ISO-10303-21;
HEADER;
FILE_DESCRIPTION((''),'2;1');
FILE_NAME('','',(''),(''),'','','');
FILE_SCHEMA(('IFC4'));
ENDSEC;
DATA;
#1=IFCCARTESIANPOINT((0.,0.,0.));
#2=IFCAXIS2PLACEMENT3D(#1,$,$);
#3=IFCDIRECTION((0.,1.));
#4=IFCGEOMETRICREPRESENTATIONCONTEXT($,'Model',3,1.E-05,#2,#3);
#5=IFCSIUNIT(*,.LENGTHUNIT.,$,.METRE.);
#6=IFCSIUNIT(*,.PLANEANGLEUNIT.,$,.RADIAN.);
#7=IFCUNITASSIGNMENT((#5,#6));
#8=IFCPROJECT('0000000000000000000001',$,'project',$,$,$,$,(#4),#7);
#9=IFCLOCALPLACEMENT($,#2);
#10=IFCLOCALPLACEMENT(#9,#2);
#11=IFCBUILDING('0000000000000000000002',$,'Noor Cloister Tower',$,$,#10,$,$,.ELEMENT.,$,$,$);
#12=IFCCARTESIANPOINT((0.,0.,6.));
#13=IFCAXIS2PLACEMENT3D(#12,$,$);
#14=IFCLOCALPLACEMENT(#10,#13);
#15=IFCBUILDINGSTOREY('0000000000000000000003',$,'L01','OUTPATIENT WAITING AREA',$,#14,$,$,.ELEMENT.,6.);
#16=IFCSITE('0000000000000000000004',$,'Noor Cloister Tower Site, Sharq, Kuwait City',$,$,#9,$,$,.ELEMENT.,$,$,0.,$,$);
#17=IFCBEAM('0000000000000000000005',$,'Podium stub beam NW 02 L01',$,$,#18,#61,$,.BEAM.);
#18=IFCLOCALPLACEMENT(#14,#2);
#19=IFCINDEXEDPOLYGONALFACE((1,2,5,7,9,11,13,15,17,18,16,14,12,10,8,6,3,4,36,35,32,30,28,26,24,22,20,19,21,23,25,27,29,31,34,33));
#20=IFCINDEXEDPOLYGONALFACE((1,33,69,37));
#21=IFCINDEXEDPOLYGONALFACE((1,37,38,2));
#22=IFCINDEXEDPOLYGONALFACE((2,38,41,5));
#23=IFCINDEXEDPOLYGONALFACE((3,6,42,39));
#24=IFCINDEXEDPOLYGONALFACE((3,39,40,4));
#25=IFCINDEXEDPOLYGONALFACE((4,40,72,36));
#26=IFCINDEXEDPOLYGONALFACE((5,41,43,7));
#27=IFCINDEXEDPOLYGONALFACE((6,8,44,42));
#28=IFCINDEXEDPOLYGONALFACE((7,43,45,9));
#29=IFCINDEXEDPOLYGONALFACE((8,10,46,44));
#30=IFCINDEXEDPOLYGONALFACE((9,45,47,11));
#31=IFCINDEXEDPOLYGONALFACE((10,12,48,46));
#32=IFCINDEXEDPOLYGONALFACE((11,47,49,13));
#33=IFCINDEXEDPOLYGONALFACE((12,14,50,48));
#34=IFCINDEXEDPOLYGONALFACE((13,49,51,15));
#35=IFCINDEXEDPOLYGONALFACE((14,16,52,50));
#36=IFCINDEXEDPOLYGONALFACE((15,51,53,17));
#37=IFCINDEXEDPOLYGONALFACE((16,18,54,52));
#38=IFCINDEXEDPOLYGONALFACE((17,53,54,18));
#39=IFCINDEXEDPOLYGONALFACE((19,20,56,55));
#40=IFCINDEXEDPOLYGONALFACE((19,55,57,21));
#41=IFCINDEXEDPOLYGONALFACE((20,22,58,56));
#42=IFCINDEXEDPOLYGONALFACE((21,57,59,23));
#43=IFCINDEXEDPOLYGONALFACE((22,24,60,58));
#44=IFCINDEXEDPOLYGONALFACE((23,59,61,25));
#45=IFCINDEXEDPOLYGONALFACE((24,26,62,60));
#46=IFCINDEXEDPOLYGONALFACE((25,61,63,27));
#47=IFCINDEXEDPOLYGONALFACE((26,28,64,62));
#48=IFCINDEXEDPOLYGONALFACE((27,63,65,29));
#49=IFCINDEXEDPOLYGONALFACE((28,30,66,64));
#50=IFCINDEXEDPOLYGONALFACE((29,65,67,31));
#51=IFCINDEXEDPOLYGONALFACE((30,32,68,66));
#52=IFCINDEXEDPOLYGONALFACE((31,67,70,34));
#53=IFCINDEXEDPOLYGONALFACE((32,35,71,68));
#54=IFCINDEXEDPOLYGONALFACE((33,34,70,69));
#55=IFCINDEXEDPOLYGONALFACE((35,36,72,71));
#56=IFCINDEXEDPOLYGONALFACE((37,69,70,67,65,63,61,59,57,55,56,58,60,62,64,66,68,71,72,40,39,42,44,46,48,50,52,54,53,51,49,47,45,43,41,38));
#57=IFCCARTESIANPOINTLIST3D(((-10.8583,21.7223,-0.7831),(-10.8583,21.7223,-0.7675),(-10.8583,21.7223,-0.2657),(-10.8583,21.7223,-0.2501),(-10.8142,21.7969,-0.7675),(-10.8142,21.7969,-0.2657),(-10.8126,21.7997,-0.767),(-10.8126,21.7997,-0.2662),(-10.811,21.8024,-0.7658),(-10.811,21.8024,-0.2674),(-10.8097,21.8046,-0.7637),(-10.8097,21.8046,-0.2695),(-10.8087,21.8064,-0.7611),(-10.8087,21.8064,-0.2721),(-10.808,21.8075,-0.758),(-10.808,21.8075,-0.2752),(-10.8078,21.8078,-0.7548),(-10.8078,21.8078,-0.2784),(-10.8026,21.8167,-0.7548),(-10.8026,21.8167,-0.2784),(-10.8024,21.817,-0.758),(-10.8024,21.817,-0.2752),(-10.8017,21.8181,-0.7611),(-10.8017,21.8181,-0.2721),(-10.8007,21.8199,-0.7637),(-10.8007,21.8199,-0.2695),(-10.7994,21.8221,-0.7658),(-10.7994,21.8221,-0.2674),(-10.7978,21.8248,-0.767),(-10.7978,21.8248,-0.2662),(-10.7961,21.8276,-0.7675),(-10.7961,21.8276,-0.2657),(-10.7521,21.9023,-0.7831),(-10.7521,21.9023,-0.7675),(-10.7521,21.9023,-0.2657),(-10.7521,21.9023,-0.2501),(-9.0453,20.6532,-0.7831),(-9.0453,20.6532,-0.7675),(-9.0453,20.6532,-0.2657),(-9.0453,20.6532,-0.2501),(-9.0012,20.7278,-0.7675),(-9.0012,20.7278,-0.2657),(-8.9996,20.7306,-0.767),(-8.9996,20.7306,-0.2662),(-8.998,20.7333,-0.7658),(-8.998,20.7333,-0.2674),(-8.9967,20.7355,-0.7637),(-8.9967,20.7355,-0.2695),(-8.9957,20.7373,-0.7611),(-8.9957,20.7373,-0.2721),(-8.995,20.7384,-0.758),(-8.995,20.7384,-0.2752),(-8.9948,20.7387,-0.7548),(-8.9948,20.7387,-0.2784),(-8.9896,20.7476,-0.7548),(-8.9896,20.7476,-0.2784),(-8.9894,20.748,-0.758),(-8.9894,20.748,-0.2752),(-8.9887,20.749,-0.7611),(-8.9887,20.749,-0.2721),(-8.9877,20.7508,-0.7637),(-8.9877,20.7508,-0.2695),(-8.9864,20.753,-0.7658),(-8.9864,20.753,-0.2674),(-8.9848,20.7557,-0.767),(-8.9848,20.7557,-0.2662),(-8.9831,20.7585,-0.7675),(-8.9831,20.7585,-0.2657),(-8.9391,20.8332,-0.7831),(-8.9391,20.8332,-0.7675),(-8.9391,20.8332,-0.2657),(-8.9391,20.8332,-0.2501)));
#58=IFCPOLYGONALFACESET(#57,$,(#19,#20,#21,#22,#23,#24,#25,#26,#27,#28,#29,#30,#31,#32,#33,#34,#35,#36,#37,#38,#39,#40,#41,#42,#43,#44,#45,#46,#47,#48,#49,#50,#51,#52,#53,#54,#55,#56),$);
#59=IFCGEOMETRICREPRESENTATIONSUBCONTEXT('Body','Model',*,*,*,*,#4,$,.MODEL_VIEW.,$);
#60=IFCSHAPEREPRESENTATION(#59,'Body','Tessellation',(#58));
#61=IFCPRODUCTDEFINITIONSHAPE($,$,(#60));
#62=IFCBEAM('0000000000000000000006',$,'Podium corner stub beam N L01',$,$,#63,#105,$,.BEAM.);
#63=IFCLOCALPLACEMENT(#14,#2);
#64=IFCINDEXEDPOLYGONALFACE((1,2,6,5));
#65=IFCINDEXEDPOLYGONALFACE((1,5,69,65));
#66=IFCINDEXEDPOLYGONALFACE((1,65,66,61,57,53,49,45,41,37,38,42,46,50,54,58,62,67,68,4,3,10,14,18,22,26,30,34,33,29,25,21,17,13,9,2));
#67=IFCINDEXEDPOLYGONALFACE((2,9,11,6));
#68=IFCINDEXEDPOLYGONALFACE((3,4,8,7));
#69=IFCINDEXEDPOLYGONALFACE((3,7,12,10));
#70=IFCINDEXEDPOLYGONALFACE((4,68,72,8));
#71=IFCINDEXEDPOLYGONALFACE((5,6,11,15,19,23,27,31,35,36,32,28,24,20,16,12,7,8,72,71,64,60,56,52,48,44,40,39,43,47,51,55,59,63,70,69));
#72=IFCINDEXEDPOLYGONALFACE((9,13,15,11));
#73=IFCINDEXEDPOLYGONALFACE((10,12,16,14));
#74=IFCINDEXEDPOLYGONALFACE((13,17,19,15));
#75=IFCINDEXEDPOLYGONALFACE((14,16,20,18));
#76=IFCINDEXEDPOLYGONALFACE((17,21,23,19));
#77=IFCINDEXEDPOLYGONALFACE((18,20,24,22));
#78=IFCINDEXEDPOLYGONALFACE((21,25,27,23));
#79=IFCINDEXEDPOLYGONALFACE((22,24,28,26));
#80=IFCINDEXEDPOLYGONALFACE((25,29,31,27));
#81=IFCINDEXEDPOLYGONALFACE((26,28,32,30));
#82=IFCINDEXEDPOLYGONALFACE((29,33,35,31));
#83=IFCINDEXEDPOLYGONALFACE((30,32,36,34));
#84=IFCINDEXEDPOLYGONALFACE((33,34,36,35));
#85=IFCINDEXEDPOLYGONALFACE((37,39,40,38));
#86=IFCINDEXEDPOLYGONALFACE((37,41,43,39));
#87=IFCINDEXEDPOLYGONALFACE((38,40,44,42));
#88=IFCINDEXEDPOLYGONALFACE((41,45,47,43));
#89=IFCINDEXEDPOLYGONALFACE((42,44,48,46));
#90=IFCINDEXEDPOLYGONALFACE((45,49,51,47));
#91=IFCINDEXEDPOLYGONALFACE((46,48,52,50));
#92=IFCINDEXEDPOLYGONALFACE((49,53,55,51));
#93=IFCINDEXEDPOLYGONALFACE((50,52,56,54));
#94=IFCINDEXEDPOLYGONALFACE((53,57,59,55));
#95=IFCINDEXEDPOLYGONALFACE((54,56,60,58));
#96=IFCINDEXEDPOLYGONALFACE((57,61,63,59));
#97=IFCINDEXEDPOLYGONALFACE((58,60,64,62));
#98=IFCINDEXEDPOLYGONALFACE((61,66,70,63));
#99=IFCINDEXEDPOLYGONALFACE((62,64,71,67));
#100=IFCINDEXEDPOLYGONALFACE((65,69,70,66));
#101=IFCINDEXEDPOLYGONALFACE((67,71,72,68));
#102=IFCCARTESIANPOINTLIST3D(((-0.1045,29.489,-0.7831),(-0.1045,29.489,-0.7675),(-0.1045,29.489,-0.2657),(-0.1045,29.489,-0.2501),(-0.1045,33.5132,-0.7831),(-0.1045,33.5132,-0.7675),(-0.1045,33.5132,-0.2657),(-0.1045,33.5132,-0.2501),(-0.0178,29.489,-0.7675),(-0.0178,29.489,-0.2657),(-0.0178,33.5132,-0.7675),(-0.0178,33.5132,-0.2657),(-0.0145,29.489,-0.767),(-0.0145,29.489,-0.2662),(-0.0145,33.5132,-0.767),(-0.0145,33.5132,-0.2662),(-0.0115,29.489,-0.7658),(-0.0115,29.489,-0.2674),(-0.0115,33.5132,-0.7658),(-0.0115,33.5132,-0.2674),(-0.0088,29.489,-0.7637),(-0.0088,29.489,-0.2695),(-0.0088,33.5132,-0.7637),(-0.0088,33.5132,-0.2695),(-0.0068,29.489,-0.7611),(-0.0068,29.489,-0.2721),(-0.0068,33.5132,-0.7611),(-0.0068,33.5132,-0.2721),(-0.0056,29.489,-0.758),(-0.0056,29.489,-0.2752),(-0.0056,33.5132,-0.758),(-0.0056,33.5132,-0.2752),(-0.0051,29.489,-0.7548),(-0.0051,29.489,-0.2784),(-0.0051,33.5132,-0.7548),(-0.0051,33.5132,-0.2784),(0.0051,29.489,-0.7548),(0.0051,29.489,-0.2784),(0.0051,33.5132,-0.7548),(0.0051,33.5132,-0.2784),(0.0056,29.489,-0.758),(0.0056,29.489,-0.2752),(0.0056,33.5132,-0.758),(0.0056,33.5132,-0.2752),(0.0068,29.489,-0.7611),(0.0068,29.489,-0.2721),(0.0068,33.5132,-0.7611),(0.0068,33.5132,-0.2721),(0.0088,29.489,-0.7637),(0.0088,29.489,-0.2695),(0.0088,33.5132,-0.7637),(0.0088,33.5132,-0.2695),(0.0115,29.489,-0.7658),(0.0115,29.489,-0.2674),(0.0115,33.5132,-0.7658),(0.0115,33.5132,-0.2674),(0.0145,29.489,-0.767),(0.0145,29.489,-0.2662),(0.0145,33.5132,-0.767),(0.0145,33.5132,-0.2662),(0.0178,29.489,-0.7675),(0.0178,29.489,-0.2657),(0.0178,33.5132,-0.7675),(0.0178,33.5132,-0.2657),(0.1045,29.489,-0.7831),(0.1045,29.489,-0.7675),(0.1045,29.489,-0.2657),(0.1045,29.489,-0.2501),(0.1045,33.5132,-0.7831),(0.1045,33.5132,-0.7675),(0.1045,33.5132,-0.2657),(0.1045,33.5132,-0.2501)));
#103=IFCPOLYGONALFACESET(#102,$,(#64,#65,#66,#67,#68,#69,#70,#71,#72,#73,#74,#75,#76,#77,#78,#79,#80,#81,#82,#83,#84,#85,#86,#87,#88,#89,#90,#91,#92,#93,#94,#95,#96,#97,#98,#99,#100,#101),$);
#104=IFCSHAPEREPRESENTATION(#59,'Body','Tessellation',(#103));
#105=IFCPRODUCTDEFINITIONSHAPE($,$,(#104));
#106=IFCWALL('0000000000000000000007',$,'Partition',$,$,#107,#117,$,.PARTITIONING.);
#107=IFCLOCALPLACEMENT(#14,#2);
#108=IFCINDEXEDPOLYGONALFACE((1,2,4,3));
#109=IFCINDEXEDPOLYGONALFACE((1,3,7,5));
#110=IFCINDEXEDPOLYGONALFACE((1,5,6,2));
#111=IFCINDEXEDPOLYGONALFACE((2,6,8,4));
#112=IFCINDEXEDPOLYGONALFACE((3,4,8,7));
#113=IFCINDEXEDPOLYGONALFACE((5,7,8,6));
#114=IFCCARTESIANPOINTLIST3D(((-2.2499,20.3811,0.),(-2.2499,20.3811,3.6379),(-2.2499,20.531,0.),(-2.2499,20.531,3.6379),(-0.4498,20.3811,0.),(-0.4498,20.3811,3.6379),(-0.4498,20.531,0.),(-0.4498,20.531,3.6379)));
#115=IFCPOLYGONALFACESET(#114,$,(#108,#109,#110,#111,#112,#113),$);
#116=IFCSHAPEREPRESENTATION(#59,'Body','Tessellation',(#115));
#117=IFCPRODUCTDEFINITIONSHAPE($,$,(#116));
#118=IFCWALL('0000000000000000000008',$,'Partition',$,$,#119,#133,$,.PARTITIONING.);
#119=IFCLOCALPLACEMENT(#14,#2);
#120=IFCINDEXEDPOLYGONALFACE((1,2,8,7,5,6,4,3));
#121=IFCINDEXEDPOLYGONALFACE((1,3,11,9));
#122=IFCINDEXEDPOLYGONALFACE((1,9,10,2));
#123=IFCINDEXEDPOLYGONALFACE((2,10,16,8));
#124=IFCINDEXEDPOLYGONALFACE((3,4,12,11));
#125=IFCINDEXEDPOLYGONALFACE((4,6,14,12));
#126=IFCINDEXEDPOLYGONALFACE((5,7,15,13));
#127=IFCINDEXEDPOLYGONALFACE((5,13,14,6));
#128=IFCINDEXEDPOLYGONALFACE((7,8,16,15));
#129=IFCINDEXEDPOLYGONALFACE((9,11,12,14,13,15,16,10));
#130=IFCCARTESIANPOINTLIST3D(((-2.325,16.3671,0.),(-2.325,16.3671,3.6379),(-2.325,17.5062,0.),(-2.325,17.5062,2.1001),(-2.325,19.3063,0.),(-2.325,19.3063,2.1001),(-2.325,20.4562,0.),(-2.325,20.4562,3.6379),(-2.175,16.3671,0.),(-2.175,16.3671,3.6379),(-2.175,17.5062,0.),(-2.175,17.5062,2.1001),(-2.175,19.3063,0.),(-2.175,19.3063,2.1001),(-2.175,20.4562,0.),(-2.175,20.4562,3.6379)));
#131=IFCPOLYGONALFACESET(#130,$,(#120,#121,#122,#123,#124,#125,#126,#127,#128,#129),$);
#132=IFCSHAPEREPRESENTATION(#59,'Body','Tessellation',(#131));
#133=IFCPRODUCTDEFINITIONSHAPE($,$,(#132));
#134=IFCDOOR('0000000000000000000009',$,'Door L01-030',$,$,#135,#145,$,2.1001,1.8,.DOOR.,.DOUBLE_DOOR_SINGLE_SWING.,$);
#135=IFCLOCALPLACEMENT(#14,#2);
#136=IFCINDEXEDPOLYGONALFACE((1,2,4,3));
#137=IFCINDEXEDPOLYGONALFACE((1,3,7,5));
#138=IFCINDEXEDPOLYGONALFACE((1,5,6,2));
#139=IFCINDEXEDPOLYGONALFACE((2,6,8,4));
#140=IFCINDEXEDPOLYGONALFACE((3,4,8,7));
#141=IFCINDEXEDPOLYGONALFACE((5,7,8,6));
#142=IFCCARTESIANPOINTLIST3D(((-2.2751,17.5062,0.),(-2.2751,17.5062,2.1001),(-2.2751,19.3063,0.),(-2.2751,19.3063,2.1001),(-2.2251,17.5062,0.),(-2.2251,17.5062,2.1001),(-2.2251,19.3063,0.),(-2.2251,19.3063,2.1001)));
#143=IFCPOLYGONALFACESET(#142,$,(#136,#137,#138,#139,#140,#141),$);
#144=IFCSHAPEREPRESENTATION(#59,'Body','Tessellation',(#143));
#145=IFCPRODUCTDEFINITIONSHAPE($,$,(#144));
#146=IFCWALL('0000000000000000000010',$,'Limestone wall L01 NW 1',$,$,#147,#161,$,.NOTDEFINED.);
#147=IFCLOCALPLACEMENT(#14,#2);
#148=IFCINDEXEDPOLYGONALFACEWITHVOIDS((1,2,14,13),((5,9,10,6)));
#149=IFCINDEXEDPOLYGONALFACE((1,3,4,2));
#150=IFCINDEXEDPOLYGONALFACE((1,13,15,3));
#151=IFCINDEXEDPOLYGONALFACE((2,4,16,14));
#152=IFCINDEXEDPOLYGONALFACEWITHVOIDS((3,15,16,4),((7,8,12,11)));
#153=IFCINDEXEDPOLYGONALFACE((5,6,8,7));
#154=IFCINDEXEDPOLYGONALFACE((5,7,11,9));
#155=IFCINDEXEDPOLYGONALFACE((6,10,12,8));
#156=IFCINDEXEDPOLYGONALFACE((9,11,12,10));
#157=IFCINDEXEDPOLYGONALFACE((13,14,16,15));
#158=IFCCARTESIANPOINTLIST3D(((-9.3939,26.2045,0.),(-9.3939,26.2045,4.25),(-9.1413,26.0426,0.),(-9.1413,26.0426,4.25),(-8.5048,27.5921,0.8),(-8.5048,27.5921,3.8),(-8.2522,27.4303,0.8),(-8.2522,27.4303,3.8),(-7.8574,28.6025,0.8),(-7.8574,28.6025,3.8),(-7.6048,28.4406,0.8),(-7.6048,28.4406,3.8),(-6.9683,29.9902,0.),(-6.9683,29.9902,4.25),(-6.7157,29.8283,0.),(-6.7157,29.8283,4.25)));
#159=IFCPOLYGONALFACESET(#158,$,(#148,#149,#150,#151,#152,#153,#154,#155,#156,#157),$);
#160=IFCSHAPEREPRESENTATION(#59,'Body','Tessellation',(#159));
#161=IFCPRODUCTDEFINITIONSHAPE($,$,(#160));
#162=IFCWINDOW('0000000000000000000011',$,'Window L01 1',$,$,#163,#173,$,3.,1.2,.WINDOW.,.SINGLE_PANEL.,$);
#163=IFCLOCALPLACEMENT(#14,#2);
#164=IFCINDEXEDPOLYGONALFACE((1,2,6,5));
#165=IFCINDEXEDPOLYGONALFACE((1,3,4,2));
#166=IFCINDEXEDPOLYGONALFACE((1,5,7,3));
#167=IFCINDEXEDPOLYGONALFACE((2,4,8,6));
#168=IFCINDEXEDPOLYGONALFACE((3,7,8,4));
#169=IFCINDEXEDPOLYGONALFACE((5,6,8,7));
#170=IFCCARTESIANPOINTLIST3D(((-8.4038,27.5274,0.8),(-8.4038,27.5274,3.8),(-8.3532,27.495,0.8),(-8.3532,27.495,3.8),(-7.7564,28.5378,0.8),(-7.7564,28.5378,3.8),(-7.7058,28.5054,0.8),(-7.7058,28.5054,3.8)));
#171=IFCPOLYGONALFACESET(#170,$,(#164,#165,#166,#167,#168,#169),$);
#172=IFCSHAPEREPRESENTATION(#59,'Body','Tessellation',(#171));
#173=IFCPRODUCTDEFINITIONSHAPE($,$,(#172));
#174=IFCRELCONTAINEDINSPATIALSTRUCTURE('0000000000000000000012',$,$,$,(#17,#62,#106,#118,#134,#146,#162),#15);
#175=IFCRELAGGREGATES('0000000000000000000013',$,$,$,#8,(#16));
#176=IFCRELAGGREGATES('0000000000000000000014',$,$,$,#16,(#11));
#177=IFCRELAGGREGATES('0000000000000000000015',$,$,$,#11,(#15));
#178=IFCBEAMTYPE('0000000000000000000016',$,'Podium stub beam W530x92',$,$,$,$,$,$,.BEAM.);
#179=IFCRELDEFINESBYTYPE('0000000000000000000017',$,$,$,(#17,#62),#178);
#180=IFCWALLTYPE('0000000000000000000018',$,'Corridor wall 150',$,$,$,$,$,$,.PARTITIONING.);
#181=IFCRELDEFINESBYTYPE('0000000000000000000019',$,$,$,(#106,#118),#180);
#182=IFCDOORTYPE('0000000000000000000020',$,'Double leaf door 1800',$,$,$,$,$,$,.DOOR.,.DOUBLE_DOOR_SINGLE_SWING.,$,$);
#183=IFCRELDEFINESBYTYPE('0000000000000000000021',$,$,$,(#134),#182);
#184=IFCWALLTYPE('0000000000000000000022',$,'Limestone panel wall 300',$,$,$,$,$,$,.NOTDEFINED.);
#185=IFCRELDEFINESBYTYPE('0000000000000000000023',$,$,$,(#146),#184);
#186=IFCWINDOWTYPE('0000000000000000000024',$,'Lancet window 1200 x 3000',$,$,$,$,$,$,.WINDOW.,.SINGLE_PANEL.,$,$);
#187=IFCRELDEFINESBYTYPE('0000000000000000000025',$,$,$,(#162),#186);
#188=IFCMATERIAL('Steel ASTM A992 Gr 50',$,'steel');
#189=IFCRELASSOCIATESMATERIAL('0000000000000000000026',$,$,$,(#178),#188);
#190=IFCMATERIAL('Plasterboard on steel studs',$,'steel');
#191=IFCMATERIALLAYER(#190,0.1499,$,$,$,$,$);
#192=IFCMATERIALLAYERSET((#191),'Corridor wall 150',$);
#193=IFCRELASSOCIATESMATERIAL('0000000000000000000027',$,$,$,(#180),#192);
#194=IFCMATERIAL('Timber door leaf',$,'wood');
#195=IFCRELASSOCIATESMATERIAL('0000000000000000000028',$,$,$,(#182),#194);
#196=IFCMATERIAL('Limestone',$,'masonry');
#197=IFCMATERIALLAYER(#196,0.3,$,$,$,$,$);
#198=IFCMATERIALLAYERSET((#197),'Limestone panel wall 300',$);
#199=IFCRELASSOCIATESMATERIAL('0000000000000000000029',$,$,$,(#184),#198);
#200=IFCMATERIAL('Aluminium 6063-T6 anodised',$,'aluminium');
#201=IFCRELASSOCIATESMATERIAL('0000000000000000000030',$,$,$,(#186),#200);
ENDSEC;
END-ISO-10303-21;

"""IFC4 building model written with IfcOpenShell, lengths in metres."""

from ifc_helpers import new_model, si_unit, direction, frame, frame_2d, origin, origin_2d, place, context, subcontext, project, spatial, rectangle, i_section, extrude, material, layer, layer_set, material_profile, profile_set, type_object, element, fill, save


model = new_model("IFC4")

# Units and contexts
model_context = context("Model", 3, precision=1e-05, world=origin(), true_north=direction((0.0, 1.0)))
body_context = subcontext(model_context, "Body", "Model", "MODEL_VIEW")
ifc_project = project(units=[si_unit("LENGTHUNIT", "METRE"), si_unit("PLANEANGLEUNIT", "RADIAN")], contexts=[model_context])

# Site, building, storey
site_placement = place(None, origin())
site = spatial("IfcSite", under=ifc_project, at=site_placement, Name="Noor Cloister Tower Site, Sharq, Kuwait City", CompositionType="ELEMENT", RefElevation=0.0)
building_placement = place(site_placement, origin())
building = spatial("IfcBuilding", under=site, at=building_placement, Name="Noor Cloister Tower", CompositionType="ELEMENT")
storey_placement = place(building_placement, frame((0.0, 0.0, 6.0)))
storey = spatial("IfcBuildingStorey", under=building, at=storey_placement, Name="L01", Description="OUTPATIENT WAITING AREA", CompositionType="ELEMENT", Elevation=6.0)

# Beams
ifc_material_1 = material(Name="Steel ASTM A992 Gr 50", Category="steel")
ifc_material_profile_1 = material_profile(ifc_material_1, i_section(OverallWidth=0.209, OverallDepth=0.533, WebThickness=0.0103, FlangeThickness=0.0156, FilletRadius=0.0127, at=origin_2d()), Name="W530x92")
ifc_profile_set_1 = profile_set([ifc_material_profile_1], Name="Steel ASTM A992 Gr 50")
beam_type_1 = type_object("IfcBeamType", Name="Podium stub beam W530x92", PredefinedType="BEAM", material=ifc_profile_set_1)
beam_1_placement = place(storey_placement, frame((-8.9922, 20.7432, -0.5166), z_axis=(-0.861388, 0.507948, 0.0), x_axis=(-0.507948, -0.861388, 0.0)))
element("IfcBeam", 1, at=beam_1_placement, inside=storey, type_object=beam_type_1, Name="Podium stub beam NW 02 L01", PredefinedType="BEAM", context=body_context, shape_type="SweptSolid", body=[
    extrude(i_section(OverallWidth=0.209, OverallDepth=0.533, WebThickness=0.0103, FlangeThickness=0.0156, FilletRadius=0.0127, at=origin_2d()), origin(), (0.0, 0.0, 1.0), 2.1047),
])
beam_2_placement = place(storey_placement, frame((0.0, 29.489, -0.5166), z_axis=(0.0, 1.0, 0.0), x_axis=(-1.0, 0.0, 0.0)))
element("IfcBeam", 2, at=beam_2_placement, inside=storey, type_object=beam_type_1, Name="Podium corner stub beam N L01", PredefinedType="BEAM", context=body_context, shape_type="SweptSolid", body=[
    extrude(i_section(OverallWidth=0.209, OverallDepth=0.533, WebThickness=0.0103, FlangeThickness=0.0156, FilletRadius=0.0127, at=origin_2d()), origin(), (0.0, 0.0, 1.0), 4.0242),
])

# Wall
ifc_material_2 = material(Name="Plasterboard on steel studs", Category="steel")
ifc_layer_1 = layer(ifc_material_2, 0.1499)
ifc_layer_set_1 = layer_set([ifc_layer_1], Name="Corridor wall 150")
wall_type_1 = type_object("IfcWallType", Name="Corridor wall 150", PredefinedType="PARTITIONING", material=ifc_layer_set_1)
wall_1_placement = place(storey_placement, frame((-0.45, 20.4561, 0.0), z_axis=(0.0, 0.0, 1.0), x_axis=(-1.0, 0.0, 0.0)))
element("IfcWall", 3, at=wall_1_placement, inside=storey, type_object=wall_type_1, Name="Partition", PredefinedType="PARTITIONING", context=body_context, shape_type="SweptSolid", body=[
    extrude(rectangle(XDim=1.8, YDim=0.1499, at=frame_2d((0.8999, 0.0))), origin(), (0.0, 0.0, 1.0), 3.6379),
])

# Wall, opening, door
wall_2_placement = place(storey_placement, frame((-2.25, 20.4561, 0.0), z_axis=(0.0, 0.0, 1.0), x_axis=(0.0, -1.0, 0.0)))
wall_2 = element("IfcWall", 4, at=wall_2_placement, inside=storey, type_object=wall_type_1, Name="Partition", PredefinedType="PARTITIONING", context=body_context, shape_type="SweptSolid", body=[
    extrude(rectangle(XDim=4.0891, YDim=0.1499, at=frame_2d((2.0444, 0.0))), origin(), (0.0, 0.0, 1.0), 3.6379),
])
opening_1_placement = place(wall_2_placement, frame((1.1499, 0.0, 0.0)))
opening_1 = element("IfcOpeningElement", 5, at=opening_1_placement, cuts=wall_2, PredefinedType="OPENING", context=body_context, shape_type="SweptSolid", body=[
    extrude(rectangle(XDim=1.8, YDim=2.1001, at=frame_2d((0.8999, 1.05))), frame((0.0, 0.085, 0.0), z_axis=(0.0, -1.0, 0.0), x_axis=(1.0, 0.0, 0.0)), (0.0, 0.0, 1.0), 0.1699),
])
ifc_material_3 = material(Name="Timber door leaf", Category="wood")
door_type = type_object("IfcDoorType", Name="Double leaf door 1800", OperationType="DOUBLE_DOOR_SINGLE_SWING", PredefinedType="DOOR", material=ifc_material_3)
door_placement = place(opening_1_placement, origin())
door = element("IfcDoor", 6, at=door_placement, inside=storey, type_object=door_type, Name="Door L01-030", OperationType="DOUBLE_DOOR_SINGLE_SWING", OverallHeight=2.1001, OverallWidth=1.8, PredefinedType="DOOR", context=body_context, shape_type="SweptSolid", body=[
    extrude(rectangle(XDim=1.8, YDim=2.1001, at=frame_2d((0.8999, 1.05))), frame((0.0, 0.0249, 0.0), z_axis=(0.0, -1.0, 0.0), x_axis=(1.0, 0.0, 0.0)), (0.0, 0.0, 1.0), 0.05),
])
fill(opening_1, door)

# Wall, opening, window
ifc_material_4 = material(Name="Limestone", Category="masonry")
ifc_layer_2 = layer(ifc_material_4, 0.3)
ifc_layer_set_2 = layer_set([ifc_layer_2], Name="Limestone panel wall 300")
wall_type_2 = type_object("IfcWallType", Name="Limestone panel wall 300", PredefinedType="NOTDEFINED", material=ifc_layer_set_2)
wall_3_placement = place(storey_placement, frame((-9.2676, 26.1235, 0.0), z_axis=(0.0, 0.0, 1.0), x_axis=(0.539484, 0.841996, 0.0)))
wall_3 = element("IfcWall", 7, at=wall_3_placement, inside=storey, type_object=wall_type_2, Name="Limestone wall L01 NW 1", PredefinedType="NOTDEFINED", context=body_context, shape_type="SweptSolid", body=[
    extrude(rectangle(XDim=4.4961, YDim=0.3, at=frame_2d((2.248, 0.0))), origin(), (0.0, 0.0, 1.0), 4.25),
])
opening_2_placement = place(wall_3_placement, frame((1.6479, 0.0, 0.8)))
opening_2 = element("IfcOpeningElement", 8, at=opening_2_placement, cuts=wall_3, PredefinedType="OPENING", context=body_context, shape_type="SweptSolid", body=[
    extrude(rectangle(XDim=1.2, YDim=3.0, at=frame_2d((0.6001, 1.5))), frame((0.0, 0.1602, 0.0), z_axis=(0.0, -1.0, 0.0), x_axis=(1.0, 0.0, 0.0)), (0.0, 0.0, 1.0), 0.3201),
])
ifc_material_5 = material(Name="Aluminium 6063-T6 anodised", Category="aluminium")
window_type_1 = type_object("IfcWindowType", Name="Lancet window 1200 x 3000", PartitioningType="SINGLE_PANEL", PredefinedType="WINDOW", material=ifc_material_5)
window_1_placement = place(opening_2_placement, origin())
window_1 = element("IfcWindow", 9, at=window_1_placement, inside=storey, type_object=window_type_1, Name="Window L01 1", OverallHeight=3.0, OverallWidth=1.2, PartitioningType="SINGLE_PANEL", PredefinedType="WINDOW", context=body_context, shape_type="SweptSolid", body=[
    extrude(rectangle(XDim=1.2, YDim=3.0, at=frame_2d((0.6001, 1.5))), frame((0.0, 0.03, 0.0), z_axis=(0.0, -1.0, 0.0), x_axis=(1.0, 0.0, 0.0)), (0.0, 0.0, 1.0), 0.0601),
])
fill(opening_2, window_1)

save(model, "model.ifc")
